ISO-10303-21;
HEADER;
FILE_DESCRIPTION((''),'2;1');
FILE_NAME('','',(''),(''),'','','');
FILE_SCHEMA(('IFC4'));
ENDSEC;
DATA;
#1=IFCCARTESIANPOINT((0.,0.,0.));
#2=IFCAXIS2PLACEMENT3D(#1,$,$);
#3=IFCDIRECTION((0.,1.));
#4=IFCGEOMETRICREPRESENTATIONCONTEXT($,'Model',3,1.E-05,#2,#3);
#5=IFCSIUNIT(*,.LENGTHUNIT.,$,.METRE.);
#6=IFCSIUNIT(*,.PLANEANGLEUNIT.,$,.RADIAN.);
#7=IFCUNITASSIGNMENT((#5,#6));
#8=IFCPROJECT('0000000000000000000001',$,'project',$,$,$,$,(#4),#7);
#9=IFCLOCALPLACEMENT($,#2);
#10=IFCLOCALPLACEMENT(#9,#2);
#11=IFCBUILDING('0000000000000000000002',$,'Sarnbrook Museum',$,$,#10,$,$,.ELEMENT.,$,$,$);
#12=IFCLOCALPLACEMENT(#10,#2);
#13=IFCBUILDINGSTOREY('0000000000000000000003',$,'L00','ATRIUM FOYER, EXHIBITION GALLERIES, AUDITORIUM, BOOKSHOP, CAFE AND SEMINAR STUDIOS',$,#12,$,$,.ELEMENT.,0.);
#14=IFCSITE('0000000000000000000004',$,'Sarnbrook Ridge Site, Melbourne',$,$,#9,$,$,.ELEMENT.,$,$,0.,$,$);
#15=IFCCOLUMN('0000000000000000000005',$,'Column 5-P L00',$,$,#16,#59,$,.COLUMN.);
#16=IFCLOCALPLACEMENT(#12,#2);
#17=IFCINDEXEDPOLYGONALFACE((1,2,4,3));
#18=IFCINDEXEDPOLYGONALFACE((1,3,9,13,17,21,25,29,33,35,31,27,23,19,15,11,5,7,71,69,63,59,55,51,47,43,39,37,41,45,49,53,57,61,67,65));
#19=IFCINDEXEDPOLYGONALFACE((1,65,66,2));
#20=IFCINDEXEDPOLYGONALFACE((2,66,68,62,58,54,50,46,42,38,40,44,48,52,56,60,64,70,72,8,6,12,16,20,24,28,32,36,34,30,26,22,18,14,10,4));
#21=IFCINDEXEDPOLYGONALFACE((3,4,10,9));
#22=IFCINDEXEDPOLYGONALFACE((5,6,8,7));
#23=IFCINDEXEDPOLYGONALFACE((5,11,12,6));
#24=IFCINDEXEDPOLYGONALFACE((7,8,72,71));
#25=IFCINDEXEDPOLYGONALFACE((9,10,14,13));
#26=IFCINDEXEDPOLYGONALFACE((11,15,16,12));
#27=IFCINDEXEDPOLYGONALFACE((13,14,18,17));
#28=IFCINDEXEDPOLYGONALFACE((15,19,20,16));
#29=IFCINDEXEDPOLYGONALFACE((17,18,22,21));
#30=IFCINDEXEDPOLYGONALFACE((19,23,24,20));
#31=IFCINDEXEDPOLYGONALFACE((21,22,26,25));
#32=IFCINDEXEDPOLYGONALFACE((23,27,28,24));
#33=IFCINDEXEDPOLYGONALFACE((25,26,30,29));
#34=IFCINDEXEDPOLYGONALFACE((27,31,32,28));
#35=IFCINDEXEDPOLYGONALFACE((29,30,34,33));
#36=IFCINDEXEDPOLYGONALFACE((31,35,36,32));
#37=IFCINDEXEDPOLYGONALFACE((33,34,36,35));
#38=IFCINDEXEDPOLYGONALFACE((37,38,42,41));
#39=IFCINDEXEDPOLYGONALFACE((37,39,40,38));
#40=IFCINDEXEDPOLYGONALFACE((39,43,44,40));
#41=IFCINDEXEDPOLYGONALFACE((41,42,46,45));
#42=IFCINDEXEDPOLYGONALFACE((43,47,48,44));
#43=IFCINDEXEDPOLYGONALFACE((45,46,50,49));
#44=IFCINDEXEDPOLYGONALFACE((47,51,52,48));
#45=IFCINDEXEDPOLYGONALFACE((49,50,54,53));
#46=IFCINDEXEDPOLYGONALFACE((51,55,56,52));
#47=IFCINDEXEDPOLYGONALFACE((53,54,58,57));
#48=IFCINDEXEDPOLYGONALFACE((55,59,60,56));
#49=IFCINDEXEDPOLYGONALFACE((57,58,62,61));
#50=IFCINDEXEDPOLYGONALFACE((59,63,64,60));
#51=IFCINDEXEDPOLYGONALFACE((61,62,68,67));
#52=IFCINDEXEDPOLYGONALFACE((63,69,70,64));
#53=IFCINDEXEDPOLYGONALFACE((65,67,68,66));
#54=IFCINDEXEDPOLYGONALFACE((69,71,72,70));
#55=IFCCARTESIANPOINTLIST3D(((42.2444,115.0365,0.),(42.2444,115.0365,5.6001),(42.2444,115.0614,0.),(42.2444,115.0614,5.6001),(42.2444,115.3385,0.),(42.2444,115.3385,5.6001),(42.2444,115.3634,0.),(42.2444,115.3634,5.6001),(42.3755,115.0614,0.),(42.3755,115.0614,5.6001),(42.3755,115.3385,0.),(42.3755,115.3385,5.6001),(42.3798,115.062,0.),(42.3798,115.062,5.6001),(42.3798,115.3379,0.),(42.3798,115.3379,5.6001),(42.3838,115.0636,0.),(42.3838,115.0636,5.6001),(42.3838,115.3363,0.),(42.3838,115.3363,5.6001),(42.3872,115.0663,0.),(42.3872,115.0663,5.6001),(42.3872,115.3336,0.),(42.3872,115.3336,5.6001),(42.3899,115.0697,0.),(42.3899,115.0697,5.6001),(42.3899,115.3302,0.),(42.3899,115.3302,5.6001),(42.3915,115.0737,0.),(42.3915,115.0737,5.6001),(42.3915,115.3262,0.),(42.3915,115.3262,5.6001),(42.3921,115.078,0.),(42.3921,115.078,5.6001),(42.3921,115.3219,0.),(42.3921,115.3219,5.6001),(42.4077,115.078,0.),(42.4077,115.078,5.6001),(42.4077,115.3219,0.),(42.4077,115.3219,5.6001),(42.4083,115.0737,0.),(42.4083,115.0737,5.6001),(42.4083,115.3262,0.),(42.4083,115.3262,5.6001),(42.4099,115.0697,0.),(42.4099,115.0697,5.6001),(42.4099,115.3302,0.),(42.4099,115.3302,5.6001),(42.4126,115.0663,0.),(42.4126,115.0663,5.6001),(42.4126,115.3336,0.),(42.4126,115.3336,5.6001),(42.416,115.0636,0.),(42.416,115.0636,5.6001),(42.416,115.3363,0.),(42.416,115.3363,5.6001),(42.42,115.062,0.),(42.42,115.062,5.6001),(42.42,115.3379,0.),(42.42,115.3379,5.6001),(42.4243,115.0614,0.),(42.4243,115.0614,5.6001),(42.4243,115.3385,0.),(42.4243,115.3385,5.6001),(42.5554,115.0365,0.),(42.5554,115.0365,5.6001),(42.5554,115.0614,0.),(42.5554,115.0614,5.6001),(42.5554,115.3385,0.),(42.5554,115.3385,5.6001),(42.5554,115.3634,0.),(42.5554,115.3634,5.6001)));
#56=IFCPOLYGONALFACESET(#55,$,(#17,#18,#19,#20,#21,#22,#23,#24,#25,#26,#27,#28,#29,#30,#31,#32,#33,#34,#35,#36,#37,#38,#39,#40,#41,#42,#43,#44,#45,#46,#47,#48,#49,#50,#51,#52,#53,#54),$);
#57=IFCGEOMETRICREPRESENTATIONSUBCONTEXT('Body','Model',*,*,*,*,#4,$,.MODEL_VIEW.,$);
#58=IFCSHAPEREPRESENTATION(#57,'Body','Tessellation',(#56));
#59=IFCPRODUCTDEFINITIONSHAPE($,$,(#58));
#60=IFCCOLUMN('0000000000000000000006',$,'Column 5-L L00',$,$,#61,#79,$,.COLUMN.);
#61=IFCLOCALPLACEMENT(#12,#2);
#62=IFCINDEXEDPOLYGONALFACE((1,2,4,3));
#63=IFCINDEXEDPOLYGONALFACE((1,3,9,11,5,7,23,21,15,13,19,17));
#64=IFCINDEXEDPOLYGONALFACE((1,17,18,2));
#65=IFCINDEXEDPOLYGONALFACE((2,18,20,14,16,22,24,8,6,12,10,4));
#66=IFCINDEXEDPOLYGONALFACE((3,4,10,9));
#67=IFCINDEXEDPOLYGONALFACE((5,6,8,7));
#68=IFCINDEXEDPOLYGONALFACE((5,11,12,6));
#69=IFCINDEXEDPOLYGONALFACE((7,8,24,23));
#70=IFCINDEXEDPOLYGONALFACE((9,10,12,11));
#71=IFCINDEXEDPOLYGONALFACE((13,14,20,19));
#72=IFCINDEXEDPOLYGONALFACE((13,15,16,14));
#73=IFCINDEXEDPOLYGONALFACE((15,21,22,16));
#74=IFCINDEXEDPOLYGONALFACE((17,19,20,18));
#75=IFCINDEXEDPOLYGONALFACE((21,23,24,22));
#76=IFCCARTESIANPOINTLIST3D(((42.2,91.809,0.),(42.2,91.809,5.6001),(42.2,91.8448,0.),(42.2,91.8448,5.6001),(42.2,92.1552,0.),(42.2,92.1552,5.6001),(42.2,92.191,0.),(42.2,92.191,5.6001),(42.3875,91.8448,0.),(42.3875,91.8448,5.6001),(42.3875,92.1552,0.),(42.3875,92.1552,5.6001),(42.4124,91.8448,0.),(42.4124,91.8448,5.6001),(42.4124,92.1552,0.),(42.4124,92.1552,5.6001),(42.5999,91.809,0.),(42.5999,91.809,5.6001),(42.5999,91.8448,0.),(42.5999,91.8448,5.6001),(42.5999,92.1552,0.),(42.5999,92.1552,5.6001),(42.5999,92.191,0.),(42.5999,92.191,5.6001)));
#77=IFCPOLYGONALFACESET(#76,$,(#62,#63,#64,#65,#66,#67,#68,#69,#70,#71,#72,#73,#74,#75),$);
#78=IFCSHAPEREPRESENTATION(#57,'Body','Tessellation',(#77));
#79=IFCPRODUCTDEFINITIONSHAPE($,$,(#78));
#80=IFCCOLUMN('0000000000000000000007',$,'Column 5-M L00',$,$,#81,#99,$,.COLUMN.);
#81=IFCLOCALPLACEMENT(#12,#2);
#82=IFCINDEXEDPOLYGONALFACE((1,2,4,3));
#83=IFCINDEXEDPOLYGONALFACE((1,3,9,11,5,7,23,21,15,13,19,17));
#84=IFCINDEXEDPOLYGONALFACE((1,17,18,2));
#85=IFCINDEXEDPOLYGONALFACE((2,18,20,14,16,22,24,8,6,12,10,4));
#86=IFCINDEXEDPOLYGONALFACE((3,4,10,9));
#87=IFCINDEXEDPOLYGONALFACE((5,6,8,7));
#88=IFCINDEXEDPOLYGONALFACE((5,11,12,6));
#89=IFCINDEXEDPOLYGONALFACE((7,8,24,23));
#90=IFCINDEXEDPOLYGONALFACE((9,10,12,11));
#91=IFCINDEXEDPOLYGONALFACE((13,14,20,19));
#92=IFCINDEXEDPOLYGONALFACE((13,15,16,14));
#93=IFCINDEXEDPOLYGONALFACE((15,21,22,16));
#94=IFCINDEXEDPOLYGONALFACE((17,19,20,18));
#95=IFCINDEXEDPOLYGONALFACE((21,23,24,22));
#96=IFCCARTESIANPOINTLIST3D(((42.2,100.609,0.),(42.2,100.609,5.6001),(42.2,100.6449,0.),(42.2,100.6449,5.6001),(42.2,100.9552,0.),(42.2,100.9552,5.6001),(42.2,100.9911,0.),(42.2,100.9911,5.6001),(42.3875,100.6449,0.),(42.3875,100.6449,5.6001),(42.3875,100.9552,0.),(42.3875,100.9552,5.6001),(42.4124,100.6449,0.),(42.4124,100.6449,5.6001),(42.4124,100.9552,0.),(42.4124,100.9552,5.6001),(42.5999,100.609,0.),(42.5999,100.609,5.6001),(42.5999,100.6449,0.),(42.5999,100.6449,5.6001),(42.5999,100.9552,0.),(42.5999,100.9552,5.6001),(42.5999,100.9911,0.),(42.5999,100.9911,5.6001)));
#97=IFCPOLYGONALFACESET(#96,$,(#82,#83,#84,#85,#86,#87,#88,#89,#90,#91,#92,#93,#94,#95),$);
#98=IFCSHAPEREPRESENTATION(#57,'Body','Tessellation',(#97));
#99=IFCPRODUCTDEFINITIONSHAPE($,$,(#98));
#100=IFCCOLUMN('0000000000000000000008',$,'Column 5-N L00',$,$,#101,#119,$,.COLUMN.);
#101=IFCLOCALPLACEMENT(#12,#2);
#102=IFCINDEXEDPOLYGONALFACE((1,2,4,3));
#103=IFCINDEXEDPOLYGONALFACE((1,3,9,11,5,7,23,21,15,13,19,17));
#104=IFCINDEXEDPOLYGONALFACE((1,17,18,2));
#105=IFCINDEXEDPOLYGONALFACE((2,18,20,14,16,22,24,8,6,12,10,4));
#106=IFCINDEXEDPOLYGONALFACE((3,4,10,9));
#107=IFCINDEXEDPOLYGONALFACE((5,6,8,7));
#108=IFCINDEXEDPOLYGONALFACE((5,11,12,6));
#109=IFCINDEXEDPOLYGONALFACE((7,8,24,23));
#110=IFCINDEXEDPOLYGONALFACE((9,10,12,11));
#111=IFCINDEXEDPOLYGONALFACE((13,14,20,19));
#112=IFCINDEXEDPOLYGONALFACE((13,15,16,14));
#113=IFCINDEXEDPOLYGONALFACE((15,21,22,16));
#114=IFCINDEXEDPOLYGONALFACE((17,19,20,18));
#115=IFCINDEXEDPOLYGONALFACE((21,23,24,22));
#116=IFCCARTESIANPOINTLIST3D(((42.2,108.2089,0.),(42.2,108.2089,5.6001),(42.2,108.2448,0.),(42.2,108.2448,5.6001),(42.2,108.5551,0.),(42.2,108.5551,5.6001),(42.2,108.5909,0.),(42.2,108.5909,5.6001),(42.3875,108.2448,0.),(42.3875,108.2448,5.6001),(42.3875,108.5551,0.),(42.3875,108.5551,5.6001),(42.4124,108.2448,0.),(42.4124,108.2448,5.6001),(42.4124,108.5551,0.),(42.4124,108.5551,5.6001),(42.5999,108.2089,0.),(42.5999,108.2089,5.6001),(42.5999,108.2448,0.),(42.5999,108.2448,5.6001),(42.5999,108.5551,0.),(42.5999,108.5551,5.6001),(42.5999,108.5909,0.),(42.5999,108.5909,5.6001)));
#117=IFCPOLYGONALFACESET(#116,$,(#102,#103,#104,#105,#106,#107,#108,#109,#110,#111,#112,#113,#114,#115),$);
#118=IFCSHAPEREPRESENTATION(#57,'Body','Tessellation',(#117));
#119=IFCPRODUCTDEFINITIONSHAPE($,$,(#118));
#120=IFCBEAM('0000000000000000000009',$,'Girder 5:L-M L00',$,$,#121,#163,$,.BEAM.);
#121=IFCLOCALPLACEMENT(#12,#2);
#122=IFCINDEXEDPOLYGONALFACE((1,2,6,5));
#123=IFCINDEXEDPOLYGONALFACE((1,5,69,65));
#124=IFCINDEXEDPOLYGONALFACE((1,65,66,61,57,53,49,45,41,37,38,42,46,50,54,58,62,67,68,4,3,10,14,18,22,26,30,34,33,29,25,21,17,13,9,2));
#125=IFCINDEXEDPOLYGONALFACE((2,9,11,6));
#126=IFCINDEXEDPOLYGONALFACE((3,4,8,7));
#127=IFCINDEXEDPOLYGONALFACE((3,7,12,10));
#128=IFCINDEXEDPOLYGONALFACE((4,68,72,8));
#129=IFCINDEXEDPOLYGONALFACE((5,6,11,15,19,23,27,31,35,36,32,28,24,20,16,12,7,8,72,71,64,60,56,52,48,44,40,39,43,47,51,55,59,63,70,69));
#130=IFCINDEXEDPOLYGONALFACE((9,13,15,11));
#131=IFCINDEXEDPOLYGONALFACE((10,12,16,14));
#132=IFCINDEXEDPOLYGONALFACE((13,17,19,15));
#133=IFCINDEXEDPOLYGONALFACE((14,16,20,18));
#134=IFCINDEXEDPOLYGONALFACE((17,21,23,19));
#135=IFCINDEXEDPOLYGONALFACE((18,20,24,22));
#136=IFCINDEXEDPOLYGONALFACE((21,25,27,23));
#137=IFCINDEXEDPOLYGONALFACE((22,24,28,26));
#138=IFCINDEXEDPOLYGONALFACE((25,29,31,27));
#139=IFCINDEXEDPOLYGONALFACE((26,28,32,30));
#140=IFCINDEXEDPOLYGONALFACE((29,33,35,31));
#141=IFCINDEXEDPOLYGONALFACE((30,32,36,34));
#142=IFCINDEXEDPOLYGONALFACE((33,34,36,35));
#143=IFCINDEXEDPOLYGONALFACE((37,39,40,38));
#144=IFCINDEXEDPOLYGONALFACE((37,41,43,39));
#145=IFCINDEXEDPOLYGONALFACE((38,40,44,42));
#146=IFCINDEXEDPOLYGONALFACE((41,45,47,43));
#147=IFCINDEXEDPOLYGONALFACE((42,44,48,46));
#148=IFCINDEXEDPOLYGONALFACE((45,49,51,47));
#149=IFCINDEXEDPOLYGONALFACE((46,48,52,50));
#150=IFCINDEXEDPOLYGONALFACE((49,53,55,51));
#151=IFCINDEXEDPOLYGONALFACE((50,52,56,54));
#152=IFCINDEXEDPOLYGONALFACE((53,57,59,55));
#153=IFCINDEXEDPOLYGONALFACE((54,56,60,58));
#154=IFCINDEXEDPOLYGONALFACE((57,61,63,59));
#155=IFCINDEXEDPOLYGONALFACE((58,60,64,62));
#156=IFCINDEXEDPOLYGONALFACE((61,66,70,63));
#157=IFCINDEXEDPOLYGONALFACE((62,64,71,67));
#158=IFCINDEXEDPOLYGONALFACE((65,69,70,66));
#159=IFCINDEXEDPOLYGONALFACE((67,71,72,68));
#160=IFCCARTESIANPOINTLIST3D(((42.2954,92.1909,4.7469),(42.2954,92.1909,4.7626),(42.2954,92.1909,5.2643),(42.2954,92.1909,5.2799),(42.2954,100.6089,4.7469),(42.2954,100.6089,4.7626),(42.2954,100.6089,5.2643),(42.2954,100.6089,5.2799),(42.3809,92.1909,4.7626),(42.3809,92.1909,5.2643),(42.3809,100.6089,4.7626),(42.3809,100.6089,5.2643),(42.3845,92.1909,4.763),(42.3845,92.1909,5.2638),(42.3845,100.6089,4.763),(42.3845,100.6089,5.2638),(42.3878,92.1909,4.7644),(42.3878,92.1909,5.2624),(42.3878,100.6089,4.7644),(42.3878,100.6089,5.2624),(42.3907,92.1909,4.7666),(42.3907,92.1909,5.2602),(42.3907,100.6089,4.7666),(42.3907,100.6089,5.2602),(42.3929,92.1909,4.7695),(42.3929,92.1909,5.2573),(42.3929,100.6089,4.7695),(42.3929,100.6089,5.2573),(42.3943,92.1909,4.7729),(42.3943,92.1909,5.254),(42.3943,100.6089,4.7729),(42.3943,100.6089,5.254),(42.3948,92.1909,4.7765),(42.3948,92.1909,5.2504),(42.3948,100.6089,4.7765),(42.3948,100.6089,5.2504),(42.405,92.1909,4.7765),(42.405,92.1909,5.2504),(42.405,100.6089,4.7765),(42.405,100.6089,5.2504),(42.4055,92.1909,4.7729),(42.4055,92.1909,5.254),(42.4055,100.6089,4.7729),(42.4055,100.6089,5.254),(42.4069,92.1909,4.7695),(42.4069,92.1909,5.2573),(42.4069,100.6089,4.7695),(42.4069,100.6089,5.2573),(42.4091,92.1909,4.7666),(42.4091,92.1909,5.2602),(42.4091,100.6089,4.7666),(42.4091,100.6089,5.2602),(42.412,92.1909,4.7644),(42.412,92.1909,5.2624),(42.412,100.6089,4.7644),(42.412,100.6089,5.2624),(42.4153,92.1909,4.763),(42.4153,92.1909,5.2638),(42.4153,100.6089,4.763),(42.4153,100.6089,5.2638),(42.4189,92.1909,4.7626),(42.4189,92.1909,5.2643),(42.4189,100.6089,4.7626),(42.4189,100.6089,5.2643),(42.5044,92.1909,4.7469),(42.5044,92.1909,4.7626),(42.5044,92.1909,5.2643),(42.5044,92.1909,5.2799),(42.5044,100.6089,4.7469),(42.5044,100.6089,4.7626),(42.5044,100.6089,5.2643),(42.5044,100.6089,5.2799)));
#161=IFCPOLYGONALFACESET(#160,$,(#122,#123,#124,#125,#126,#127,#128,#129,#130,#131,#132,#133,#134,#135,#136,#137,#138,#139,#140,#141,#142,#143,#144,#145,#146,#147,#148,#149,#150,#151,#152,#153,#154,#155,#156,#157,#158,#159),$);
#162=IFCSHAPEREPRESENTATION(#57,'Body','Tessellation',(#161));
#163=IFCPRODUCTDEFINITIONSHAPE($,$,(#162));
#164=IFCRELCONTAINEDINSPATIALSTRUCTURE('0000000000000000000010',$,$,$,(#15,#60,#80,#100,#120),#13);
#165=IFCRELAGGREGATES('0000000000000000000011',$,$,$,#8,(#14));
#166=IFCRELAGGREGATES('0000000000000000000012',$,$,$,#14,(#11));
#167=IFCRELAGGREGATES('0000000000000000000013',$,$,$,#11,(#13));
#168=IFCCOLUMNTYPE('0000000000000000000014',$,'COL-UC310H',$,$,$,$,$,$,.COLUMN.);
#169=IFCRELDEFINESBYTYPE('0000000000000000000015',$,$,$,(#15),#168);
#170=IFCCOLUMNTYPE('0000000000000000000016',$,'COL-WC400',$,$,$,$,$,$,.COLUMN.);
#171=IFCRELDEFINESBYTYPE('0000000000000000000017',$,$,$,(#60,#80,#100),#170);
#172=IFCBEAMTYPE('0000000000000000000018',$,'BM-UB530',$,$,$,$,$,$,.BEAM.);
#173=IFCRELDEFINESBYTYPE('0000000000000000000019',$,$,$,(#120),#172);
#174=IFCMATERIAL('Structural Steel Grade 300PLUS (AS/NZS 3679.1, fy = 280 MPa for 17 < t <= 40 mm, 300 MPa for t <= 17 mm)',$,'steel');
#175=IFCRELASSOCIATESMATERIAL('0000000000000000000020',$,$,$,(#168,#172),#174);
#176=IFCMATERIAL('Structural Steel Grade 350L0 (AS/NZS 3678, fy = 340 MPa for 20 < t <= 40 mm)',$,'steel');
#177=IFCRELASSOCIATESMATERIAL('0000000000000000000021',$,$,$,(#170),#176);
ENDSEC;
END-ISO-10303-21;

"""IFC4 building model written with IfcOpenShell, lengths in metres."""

from ifc_helpers import new_model, si_unit, direction, frame, origin, origin_2d, place, context, subcontext, project, spatial, i_section, extrude, material, material_profile, profile_set, type_object, element, save


model = new_model("IFC4")

# Units and contexts
model_context = context("Model", 3, precision=1e-05, world=origin(), true_north=direction((0.0, 1.0)))
body_context = subcontext(model_context, "Body", "Model", "MODEL_VIEW")
ifc_project = project(units=[si_unit("LENGTHUNIT", "METRE"), si_unit("PLANEANGLEUNIT", "RADIAN")], contexts=[model_context])

# Site, building, storey
site_placement = place(None, origin())
site = spatial("IfcSite", under=ifc_project, at=site_placement, Name="Sarnbrook Ridge Site, Melbourne", CompositionType="ELEMENT", RefElevation=0.0)
building_placement = place(site_placement, origin())
building = spatial("IfcBuilding", under=site, at=building_placement, Name="Sarnbrook Museum", CompositionType="ELEMENT")
storey_placement = place(building_placement, origin())
storey = spatial("IfcBuildingStorey", under=building, at=storey_placement, Name="L00", Description="ATRIUM FOYER, EXHIBITION GALLERIES, AUDITORIUM, BOOKSHOP, CAFE AND SEMINAR STUDIOS", CompositionType="ELEMENT", Elevation=0.0)

# Columns
ifc_material_1 = material(Name="Structural Steel Grade 300PLUS (AS/NZS 3679.1, fy = 280 MPa for 17 < t <= 40 mm, 300 MPa for t <= 17 mm)", Category="steel")
ifc_material_profile_1 = material_profile(ifc_material_1, i_section(OverallWidth=0.311, OverallDepth=0.3269, WebThickness=0.0156, FlangeThickness=0.0249, FilletRadius=0.0166, at=origin_2d()), Name="310UC158")
ifc_profile_set_1 = profile_set([ifc_material_profile_1], Name="Structural Steel Grade 300PLUS (AS/NZS 3679.1, fy = 280 MPa for 17 < t <= 40 mm, 300 MPa for t <= 17 mm)")
column_type_1 = type_object("IfcColumnType", Name="COL-UC310H", PredefinedType="COLUMN", material=ifc_profile_set_1)
column_placement = place(storey_placement, frame((42.3999, 115.2, 0.0), z_axis=(0.0, 0.0, 1.0), x_axis=(1.0, 0.0, 0.0)))
element("IfcColumn", 1, at=column_placement, inside=storey, type_object=column_type_1, Name="Column 5-P L00", PredefinedType="COLUMN", context=body_context, shape_type="SweptSolid", body=[
    extrude(i_section(OverallWidth=0.311, OverallDepth=0.3269, WebThickness=0.0156, FlangeThickness=0.0249, FilletRadius=0.0166, at=origin_2d()), origin(), (0.0, 0.0, 1.0), 5.6001),
])
ifc_material_2 = material(Name="Structural Steel Grade 350L0 (AS/NZS 3678, fy = 340 MPa for 20 < t <= 40 mm)", Category="steel")
ifc_material_profile_2 = material_profile(ifc_material_2, i_section(OverallWidth=0.3999, OverallDepth=0.3821, WebThickness=0.0249, FlangeThickness=0.0359, at=origin_2d()), Name="400WC270")
ifc_profile_set_2 = profile_set([ifc_material_profile_2], Name="Structural Steel Grade 350L0 (AS/NZS 3678, fy = 340 MPa for 20 < t <= 40 mm)")
column_type_2 = type_object("IfcColumnType", Name="COL-WC400", PredefinedType="COLUMN", material=ifc_profile_set_2)
for number, where, z_axis, x_axis, name in (
    (2, (42.3999, 92.0, 0.0), (0.0, 0.0, 1.0), (1.0, 0.0, 0.0), "Column 5-L L00"),
    (3, (42.3999, 100.8, 0.0), (0.0, 0.0, 1.0), (1.0, 0.0, 0.0), "Column 5-M L00"),
    (4, (42.3999, 108.3999, 0.0), (0.0, 0.0, 1.0), (1.0, 0.0, 0.0), "Column 5-N L00"),
):
    element("IfcColumn", number, at=place(storey_placement, frame(where, z_axis=z_axis, x_axis=x_axis)), inside=storey, type_object=column_type_2, Name=name, PredefinedType="COLUMN", context=body_context, shape_type="SweptSolid", body=[
        extrude(i_section(OverallWidth=0.3999, OverallDepth=0.3821, WebThickness=0.0249, FlangeThickness=0.0359, at=origin_2d()), origin(), (0.0, 0.0, 1.0), 5.6001),
    ])

# Beam
ifc_material_profile_3 = material_profile(ifc_material_1, i_section(OverallWidth=0.209, OverallDepth=0.533, WebThickness=0.0103, FlangeThickness=0.0156, FilletRadius=0.0139, at=origin_2d()), Name="530UB92.4")
ifc_profile_set_3 = profile_set([ifc_material_profile_3], Name="Structural Steel Grade 300PLUS (AS/NZS 3679.1, fy = 280 MPa for 17 < t <= 40 mm, 300 MPa for t <= 17 mm)")
beam_type_1 = type_object("IfcBeamType", Name="BM-UB530", PredefinedType="BEAM", material=ifc_profile_set_3)
beam_1_placement = place(storey_placement, frame((42.3999, 92.1909, 5.0134), z_axis=(0.0, 1.0, 0.0), x_axis=(-1.0, 0.0, 0.0)))
element("IfcBeam", 5, at=beam_1_placement, inside=storey, type_object=beam_type_1, Name="Girder 5:L-M L00", PredefinedType="BEAM", context=body_context, shape_type="SweptSolid", body=[
    extrude(i_section(OverallWidth=0.209, OverallDepth=0.533, WebThickness=0.0103, FlangeThickness=0.0156, FilletRadius=0.0139, at=origin_2d()), origin(), (0.0, 0.0, 1.0), 8.418),
])

save(model, "model.ifc")
